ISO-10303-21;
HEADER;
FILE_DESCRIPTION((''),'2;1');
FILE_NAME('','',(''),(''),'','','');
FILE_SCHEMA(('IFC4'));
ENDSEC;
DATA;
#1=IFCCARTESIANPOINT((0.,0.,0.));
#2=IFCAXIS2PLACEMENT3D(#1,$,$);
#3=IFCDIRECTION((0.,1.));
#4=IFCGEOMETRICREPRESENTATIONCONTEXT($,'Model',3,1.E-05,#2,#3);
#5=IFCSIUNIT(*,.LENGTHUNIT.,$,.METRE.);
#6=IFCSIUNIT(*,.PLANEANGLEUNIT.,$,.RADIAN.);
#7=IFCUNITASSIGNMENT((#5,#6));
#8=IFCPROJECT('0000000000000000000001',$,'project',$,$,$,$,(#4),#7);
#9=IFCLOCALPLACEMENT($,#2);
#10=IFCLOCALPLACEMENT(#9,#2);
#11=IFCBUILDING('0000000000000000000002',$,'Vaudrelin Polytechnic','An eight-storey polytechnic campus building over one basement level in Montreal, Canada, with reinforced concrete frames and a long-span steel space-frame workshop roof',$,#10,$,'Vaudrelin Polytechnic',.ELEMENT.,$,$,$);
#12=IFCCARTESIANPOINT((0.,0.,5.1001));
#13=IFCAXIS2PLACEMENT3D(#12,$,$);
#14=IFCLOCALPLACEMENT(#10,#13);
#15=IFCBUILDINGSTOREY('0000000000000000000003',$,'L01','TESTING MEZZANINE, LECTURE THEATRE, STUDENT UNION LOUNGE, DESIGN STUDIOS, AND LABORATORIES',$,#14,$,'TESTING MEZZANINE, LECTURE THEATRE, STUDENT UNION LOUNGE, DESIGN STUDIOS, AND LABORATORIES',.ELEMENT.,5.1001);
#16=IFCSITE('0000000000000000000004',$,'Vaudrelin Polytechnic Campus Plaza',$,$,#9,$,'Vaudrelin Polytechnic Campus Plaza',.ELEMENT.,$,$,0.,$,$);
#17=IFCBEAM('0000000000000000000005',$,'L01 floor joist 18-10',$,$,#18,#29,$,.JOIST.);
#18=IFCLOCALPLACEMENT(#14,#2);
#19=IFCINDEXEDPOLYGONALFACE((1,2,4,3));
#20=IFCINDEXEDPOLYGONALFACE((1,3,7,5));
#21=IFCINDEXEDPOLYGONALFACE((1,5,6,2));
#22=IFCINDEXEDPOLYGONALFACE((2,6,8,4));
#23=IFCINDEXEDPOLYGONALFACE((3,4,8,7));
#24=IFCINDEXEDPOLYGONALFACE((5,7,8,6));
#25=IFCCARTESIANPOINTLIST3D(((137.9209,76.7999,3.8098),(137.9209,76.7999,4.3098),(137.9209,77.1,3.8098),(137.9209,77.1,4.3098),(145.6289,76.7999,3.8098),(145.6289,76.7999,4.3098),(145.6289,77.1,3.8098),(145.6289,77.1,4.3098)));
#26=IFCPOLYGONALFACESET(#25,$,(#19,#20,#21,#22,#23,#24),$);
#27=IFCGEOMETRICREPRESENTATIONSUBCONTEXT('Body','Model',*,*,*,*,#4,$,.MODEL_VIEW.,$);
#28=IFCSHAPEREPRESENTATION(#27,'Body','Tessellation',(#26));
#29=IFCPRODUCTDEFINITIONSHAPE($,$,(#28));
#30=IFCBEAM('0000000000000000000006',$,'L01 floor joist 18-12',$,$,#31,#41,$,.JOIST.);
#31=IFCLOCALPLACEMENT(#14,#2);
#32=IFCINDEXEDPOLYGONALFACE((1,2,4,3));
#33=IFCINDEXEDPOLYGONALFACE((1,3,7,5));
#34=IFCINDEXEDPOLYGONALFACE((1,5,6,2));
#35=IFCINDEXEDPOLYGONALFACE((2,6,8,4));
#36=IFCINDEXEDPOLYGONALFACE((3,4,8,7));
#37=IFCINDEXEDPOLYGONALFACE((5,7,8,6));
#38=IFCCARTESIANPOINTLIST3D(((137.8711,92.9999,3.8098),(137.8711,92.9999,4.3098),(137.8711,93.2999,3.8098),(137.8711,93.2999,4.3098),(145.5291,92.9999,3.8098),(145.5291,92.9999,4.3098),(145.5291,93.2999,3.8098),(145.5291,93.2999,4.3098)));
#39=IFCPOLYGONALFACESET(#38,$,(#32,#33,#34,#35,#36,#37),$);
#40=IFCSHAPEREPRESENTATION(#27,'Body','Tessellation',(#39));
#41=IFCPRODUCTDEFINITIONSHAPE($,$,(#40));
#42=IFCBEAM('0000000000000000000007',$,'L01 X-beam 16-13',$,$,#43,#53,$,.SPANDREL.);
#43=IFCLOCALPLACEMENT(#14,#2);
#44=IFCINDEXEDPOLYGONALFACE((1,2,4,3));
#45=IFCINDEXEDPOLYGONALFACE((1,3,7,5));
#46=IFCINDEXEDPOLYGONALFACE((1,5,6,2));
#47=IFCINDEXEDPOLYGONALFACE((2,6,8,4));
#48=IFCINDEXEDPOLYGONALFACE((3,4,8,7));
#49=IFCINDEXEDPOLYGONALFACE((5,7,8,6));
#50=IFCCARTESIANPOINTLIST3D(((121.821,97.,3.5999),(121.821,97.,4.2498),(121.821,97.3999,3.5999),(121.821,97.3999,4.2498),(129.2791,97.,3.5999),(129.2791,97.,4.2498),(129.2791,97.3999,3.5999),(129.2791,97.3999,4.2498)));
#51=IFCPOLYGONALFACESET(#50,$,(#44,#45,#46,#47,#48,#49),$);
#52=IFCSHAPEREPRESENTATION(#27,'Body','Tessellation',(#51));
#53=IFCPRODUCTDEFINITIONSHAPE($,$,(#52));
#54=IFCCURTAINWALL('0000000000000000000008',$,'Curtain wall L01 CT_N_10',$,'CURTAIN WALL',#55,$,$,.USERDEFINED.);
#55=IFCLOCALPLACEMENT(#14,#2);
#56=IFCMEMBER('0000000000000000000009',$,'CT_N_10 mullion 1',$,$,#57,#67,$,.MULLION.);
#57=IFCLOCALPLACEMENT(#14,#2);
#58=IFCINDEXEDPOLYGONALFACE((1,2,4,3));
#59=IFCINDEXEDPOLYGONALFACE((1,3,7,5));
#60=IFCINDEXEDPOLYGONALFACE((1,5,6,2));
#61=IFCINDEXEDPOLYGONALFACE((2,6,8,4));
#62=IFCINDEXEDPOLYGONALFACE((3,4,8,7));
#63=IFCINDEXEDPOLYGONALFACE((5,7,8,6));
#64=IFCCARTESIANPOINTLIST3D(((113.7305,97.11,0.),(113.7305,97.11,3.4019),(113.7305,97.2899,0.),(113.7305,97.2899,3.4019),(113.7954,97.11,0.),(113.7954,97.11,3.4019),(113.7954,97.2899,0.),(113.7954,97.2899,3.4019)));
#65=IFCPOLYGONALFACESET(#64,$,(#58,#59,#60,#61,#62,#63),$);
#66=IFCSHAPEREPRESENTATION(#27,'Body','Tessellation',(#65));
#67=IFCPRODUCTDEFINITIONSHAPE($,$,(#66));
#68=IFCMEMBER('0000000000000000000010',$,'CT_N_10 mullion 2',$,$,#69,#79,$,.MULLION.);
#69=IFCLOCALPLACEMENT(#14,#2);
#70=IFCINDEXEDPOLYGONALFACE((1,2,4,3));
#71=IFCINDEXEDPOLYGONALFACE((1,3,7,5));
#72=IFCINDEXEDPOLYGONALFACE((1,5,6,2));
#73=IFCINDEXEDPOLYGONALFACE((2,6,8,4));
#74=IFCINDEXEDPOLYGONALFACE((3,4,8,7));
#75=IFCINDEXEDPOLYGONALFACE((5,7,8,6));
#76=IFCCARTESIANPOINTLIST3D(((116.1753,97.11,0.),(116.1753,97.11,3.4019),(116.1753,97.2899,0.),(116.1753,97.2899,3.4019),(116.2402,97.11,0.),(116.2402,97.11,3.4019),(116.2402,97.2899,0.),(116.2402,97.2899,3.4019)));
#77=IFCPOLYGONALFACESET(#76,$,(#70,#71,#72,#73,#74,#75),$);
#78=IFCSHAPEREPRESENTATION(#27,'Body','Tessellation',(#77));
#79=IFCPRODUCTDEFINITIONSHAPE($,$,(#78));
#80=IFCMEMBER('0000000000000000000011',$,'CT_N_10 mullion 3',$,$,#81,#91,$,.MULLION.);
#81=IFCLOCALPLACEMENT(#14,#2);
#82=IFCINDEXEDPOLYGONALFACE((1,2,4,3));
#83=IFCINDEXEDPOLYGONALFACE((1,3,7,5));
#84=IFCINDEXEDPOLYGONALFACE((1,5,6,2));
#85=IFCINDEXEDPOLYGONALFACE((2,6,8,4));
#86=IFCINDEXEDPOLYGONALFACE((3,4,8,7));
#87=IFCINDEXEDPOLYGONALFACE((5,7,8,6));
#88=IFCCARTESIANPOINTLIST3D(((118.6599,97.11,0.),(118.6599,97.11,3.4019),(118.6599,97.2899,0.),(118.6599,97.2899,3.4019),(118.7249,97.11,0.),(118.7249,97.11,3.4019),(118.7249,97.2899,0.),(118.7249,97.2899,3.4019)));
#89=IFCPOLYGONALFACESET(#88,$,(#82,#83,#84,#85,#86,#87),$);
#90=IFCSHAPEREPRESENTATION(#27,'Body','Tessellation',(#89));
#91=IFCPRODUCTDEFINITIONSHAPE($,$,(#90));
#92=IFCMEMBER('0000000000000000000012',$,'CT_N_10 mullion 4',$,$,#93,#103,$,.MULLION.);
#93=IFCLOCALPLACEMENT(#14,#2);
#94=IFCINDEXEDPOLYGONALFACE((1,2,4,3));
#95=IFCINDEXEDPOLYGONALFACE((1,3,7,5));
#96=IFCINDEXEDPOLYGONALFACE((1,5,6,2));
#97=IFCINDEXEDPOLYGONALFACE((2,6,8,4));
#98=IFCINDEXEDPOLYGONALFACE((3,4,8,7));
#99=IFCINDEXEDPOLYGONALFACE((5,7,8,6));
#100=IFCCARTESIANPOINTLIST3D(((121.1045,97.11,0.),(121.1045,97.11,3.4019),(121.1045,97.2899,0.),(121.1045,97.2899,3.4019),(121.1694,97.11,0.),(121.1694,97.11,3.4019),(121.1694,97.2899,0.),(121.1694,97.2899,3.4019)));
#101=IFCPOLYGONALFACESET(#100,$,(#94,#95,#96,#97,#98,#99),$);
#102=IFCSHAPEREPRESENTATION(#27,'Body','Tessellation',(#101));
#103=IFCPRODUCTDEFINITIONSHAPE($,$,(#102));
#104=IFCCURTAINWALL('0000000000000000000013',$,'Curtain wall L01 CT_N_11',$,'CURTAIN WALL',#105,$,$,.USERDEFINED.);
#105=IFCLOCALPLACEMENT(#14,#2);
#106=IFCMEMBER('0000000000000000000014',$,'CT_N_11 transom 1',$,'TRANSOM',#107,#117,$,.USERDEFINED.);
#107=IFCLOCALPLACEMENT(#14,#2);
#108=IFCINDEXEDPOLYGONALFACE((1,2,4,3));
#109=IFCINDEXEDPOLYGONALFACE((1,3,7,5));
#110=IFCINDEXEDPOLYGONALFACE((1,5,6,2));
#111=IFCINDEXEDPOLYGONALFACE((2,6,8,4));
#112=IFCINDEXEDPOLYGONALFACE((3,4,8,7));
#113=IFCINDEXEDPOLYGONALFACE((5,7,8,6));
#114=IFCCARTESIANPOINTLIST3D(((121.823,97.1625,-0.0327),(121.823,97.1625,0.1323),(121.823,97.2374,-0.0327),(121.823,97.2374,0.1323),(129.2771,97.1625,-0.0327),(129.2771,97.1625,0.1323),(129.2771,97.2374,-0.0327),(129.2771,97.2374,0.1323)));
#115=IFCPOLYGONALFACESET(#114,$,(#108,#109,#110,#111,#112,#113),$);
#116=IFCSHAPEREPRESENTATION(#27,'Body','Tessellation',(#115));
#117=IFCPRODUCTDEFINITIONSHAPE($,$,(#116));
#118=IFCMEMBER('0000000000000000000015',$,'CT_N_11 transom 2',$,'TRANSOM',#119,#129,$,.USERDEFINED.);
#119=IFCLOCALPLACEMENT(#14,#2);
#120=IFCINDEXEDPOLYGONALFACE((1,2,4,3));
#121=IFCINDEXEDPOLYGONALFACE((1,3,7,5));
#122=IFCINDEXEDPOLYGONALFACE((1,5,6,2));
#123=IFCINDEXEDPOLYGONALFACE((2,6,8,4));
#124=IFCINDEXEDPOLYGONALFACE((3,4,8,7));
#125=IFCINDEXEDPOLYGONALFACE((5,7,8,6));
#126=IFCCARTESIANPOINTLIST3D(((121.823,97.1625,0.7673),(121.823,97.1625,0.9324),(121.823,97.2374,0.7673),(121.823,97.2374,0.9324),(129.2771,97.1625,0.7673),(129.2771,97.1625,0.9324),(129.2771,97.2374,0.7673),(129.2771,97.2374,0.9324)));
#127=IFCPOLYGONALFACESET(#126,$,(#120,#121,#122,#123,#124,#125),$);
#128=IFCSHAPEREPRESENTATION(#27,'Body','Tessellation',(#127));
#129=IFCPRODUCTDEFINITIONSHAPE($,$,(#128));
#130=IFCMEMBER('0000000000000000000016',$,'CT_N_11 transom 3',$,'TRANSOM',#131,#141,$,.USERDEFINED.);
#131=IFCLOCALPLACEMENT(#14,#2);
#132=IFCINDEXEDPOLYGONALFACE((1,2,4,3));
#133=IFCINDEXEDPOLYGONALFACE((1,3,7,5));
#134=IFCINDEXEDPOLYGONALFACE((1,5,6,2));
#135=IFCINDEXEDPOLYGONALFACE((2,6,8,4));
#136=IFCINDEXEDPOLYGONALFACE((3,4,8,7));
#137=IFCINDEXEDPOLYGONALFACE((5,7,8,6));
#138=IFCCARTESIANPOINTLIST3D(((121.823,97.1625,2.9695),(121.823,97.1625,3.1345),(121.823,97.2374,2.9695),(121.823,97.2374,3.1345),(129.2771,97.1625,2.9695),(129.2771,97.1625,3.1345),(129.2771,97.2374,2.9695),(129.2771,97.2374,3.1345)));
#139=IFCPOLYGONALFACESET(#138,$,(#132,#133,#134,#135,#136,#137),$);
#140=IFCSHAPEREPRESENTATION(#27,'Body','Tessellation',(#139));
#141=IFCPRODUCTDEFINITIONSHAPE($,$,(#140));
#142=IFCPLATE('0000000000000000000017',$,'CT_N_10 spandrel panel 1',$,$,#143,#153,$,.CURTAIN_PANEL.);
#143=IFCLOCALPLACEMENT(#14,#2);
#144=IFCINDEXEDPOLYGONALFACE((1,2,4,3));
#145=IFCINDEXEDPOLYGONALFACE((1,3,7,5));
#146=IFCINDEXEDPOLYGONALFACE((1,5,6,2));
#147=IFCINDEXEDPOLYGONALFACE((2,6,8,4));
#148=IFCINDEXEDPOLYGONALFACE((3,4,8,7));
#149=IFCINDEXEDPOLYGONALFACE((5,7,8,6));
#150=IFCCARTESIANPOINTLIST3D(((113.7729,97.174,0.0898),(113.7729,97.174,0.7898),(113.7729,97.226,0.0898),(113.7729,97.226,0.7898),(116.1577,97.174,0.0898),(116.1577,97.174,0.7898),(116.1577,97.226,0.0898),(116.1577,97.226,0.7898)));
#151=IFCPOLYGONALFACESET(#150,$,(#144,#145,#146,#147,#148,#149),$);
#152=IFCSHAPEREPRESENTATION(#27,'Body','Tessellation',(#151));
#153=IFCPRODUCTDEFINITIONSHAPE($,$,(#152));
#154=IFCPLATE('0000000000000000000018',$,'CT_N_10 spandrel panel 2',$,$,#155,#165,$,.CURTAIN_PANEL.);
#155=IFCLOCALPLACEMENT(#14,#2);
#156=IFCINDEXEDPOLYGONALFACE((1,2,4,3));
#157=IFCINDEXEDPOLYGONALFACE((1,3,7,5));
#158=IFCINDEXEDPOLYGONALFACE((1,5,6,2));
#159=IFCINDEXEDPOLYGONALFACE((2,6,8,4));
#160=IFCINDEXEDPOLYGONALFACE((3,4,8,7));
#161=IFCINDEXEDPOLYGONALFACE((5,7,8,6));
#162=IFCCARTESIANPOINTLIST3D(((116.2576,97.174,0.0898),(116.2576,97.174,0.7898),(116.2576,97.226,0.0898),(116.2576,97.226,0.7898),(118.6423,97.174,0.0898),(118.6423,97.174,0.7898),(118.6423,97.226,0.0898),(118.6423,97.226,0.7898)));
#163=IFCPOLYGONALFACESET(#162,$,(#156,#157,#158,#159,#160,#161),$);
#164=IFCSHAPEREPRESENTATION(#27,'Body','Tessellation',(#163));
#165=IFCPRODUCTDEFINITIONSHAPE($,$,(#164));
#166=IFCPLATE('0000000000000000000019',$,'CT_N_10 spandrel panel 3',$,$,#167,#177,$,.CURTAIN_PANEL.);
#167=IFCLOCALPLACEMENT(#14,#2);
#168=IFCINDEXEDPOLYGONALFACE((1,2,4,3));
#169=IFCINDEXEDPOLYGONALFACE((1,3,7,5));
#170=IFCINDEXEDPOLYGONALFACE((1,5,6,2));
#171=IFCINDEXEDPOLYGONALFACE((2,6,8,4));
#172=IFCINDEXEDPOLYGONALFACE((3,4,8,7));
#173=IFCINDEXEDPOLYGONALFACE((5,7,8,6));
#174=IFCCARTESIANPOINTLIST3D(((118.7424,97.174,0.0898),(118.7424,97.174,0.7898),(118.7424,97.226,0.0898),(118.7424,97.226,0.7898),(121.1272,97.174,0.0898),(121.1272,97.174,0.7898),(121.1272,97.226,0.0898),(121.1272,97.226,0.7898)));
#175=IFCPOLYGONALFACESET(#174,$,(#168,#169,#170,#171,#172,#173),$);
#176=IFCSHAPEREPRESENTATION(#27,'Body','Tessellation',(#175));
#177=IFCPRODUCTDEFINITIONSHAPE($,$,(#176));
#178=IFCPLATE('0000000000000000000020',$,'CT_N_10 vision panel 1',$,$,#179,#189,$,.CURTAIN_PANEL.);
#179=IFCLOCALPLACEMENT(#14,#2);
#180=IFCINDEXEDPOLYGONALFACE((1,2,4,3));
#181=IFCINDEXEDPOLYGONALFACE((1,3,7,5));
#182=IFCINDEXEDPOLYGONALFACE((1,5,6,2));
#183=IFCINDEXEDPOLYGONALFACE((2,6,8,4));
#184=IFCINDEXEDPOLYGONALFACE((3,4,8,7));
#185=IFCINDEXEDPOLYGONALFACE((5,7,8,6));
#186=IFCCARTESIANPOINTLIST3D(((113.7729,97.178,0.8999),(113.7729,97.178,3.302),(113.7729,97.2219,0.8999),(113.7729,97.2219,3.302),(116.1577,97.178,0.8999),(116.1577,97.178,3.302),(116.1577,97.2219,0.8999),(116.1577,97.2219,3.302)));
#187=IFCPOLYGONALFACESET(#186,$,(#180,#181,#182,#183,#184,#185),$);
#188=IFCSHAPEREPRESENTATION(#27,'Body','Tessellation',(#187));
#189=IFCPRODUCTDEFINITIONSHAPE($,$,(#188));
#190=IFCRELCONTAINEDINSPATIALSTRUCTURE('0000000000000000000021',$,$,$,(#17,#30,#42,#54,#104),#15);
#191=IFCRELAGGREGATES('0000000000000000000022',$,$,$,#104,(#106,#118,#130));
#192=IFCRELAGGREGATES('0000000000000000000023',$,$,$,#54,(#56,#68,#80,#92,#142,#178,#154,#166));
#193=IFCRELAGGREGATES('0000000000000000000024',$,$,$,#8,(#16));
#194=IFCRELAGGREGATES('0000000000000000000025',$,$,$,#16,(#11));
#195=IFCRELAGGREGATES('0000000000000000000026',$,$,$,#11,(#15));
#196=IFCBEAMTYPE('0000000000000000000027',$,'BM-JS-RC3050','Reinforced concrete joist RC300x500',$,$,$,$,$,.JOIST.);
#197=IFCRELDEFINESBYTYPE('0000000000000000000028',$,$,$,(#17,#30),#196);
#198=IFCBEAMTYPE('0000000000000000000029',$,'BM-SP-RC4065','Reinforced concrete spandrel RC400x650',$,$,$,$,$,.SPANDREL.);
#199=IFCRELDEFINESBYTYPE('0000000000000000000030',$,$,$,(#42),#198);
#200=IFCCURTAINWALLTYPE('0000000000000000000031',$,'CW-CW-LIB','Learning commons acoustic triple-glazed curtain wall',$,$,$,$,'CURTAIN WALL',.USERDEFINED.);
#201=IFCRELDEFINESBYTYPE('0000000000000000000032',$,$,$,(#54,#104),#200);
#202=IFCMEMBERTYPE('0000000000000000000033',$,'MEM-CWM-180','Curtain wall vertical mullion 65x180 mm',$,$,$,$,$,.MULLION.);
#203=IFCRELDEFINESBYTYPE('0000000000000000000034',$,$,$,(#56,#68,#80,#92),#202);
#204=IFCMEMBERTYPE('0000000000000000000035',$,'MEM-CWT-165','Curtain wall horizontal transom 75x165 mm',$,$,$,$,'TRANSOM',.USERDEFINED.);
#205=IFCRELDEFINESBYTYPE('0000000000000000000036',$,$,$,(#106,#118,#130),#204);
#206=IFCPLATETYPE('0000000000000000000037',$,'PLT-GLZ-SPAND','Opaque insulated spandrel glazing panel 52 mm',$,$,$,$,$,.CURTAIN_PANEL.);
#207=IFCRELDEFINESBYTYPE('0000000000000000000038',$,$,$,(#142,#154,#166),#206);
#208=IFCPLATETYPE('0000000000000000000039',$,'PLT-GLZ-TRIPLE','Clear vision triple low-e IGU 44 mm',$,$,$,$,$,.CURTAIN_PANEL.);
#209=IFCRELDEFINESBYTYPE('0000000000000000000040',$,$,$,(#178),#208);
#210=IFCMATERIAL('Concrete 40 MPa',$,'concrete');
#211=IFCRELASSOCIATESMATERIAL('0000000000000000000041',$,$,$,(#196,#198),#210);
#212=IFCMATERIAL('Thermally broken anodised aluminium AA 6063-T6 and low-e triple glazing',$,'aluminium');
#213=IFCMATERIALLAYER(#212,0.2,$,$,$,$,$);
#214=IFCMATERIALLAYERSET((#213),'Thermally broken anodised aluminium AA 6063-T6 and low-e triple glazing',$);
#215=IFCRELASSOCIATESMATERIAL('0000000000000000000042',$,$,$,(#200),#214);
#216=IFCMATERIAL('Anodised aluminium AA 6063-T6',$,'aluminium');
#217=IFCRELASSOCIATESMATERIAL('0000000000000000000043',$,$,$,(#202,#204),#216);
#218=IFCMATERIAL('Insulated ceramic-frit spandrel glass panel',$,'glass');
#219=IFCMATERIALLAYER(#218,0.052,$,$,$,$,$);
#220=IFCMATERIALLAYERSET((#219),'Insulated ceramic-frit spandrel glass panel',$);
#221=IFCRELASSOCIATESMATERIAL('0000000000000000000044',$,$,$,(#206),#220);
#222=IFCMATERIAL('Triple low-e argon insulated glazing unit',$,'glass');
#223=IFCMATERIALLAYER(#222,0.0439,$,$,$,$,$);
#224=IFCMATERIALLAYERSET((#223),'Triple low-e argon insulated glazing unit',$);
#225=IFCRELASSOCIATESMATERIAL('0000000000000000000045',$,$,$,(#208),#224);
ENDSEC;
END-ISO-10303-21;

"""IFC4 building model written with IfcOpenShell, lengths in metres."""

from ifc_helpers import new_model, si_unit, direction, frame, origin, origin_2d, place, context, subcontext, project, spatial, rectangle, extrude, material, layer, layer_set, material_profile, profile_set, type_object, element, aggregate, save


model = new_model("IFC4")

# Units and contexts
model_context = context("Model", 3, precision=1e-05, world=origin(), true_north=direction((0.0, 1.0)))
body_context = subcontext(model_context, "Body", "Model", "MODEL_VIEW")
ifc_project = project(units=[si_unit("LENGTHUNIT", "METRE"), si_unit("PLANEANGLEUNIT", "RADIAN")], contexts=[model_context])

# Site, building, storey
site_placement = place(None, origin())
site = spatial("IfcSite", under=ifc_project, at=site_placement, Name="Vaudrelin Polytechnic Campus Plaza", LongName="Vaudrelin Polytechnic Campus Plaza", CompositionType="ELEMENT", RefElevation=0.0)
building_placement = place(site_placement, origin())
building = spatial("IfcBuilding", under=site, at=building_placement, Name="Vaudrelin Polytechnic", Description="An eight-storey polytechnic campus building over one basement level in Montreal, Canada, with reinforced concrete frames and a long-span steel space-frame workshop roof", LongName="Vaudrelin Polytechnic", CompositionType="ELEMENT")
storey_placement = place(building_placement, frame((0.0, 0.0, 5.1001)))
storey = spatial("IfcBuildingStorey", under=building, at=storey_placement, Name="L01", Description="TESTING MEZZANINE, LECTURE THEATRE, STUDENT UNION LOUNGE, DESIGN STUDIOS, AND LABORATORIES", LongName="TESTING MEZZANINE, LECTURE THEATRE, STUDENT UNION LOUNGE, DESIGN STUDIOS, AND LABORATORIES", CompositionType="ELEMENT", Elevation=5.1001)

# Shared definitions
ifc_material_1 = material(Name="Concrete 40 MPa", Category="concrete")

# Beams
ifc_material_profile_1 = material_profile(ifc_material_1, rectangle(XDim=0.3, YDim=0.5, at=origin_2d()), Name="RC300x500")
ifc_profile_set_1 = profile_set([ifc_material_profile_1], Name="Concrete 40 MPa")
beam_type_1 = type_object("IfcBeamType", Name="BM-JS-RC3050", Description="Reinforced concrete joist RC300x500", PredefinedType="JOIST", material=ifc_profile_set_1)
beam_1_placement = place(storey_placement, frame((137.9209, 76.95, 4.0598), z_axis=(1.0, 0.0, 0.0), x_axis=(0.0, 1.0, 0.0)))
element("IfcBeam", 1, at=beam_1_placement, inside=storey, type_object=beam_type_1, Name="L01 floor joist 18-10", PredefinedType="JOIST", context=body_context, shape_type="SweptSolid", body=[
    extrude(rectangle(XDim=0.3, YDim=0.5, at=origin_2d()), origin(), (0.0, 0.0, 1.0), 7.708),
])
beam_2_placement = place(storey_placement, frame((137.8711, 93.1499, 4.0598), z_axis=(1.0, 0.0, 0.0), x_axis=(0.0, 1.0, 0.0)))
element("IfcBeam", 2, at=beam_2_placement, inside=storey, type_object=beam_type_1, Name="L01 floor joist 18-12", PredefinedType="JOIST", context=body_context, shape_type="SweptSolid", body=[
    extrude(rectangle(XDim=0.3, YDim=0.5, at=origin_2d()), origin(), (0.0, 0.0, 1.0), 7.658),
])
ifc_material_profile_2 = material_profile(ifc_material_1, rectangle(XDim=0.3999, YDim=0.6499, at=origin_2d()), Name="RC400x650")
ifc_profile_set_2 = profile_set([ifc_material_profile_2], Name="Concrete 40 MPa")
beam_type_2 = type_object("IfcBeamType", Name="BM-SP-RC4065", Description="Reinforced concrete spandrel RC400x650", PredefinedType="SPANDREL", material=ifc_profile_set_2)
beam_3_placement = place(storey_placement, frame((121.821, 97.2, 3.9248), z_axis=(1.0, 0.0, 0.0), x_axis=(0.0, 1.0, 0.0)))
element("IfcBeam", 3, at=beam_3_placement, inside=storey, type_object=beam_type_2, Name="L01 X-beam 16-13", PredefinedType="SPANDREL", context=body_context, shape_type="SweptSolid", body=[
    extrude(rectangle(XDim=0.3999, YDim=0.6499, at=origin_2d()), origin(), (0.0, 0.0, 1.0), 7.458),
])

# Curtain walls, members
ifc_material_2 = material(Name="Thermally broken anodised aluminium AA 6063-T6 and low-e triple glazing", Category="aluminium")
ifc_layer_1 = layer(ifc_material_2, 0.2)
ifc_layer_set_1 = layer_set([ifc_layer_1], Name="Thermally broken anodised aluminium AA 6063-T6 and low-e triple glazing")
curtain_wall_type = type_object("IfcCurtainWallType", Name="CW-CW-LIB", Description="Learning commons acoustic triple-glazed curtain wall", ElementType="CURTAIN WALL", PredefinedType="USERDEFINED", material=ifc_layer_set_1)
curtain_wall_1_placement = place(storey_placement, origin())
curtain_wall_1 = element("IfcCurtainWall", 4, at=curtain_wall_1_placement, inside=storey, type_object=curtain_wall_type, Name="Curtain wall L01 CT_N_10", ObjectType="CURTAIN WALL", PredefinedType="USERDEFINED")
ifc_material_3 = material(Name="Anodised aluminium AA 6063-T6", Category="aluminium")
ifc_material_profile_3 = material_profile(ifc_material_3, rectangle(XDim=0.0649, YDim=0.1799, at=origin_2d()), Name="CWM-65x180")
ifc_profile_set_3 = profile_set([ifc_material_profile_3], Name="Anodised aluminium AA 6063-T6")
member_type_1 = type_object("IfcMemberType", Name="MEM-CWM-180", Description="Curtain wall vertical mullion 65x180 mm", PredefinedType="MULLION", material=ifc_profile_set_3)
member_1_placement = place(storey_placement, frame((113.7629, 97.2, 0.0), z_axis=(0.0, 0.0, 1.0), x_axis=(1.0, 0.0, 0.0)))
member_1 = element("IfcMember", 5, at=member_1_placement, type_object=member_type_1, Name="CT_N_10 mullion 1", PredefinedType="MULLION", context=body_context, shape_type="SweptSolid", body=[
    extrude(rectangle(XDim=0.0649, YDim=0.1799, at=origin_2d()), origin(), (0.0, 0.0, 1.0), 3.4019),
])
member_2_placement = place(storey_placement, frame((116.2078, 97.2, 0.0), z_axis=(0.0, 0.0, 1.0), x_axis=(1.0, 0.0, 0.0)))
member_2 = element("IfcMember", 6, at=member_2_placement, type_object=member_type_1, Name="CT_N_10 mullion 2", PredefinedType="MULLION", context=body_context, shape_type="SweptSolid", body=[
    extrude(rectangle(XDim=0.0649, YDim=0.1799, at=origin_2d()), origin(), (0.0, 0.0, 1.0), 3.4019),
])
member_3_placement = place(storey_placement, frame((118.6924, 97.2, 0.0), z_axis=(0.0, 0.0, 1.0), x_axis=(1.0, 0.0, 0.0)))
member_3 = element("IfcMember", 7, at=member_3_placement, type_object=member_type_1, Name="CT_N_10 mullion 3", PredefinedType="MULLION", context=body_context, shape_type="SweptSolid", body=[
    extrude(rectangle(XDim=0.0649, YDim=0.1799, at=origin_2d()), origin(), (0.0, 0.0, 1.0), 3.4019),
])
member_4_placement = place(storey_placement, frame((121.137, 97.2, 0.0), z_axis=(0.0, 0.0, 1.0), x_axis=(1.0, 0.0, 0.0)))
member_4 = element("IfcMember", 8, at=member_4_placement, type_object=member_type_1, Name="CT_N_10 mullion 4", PredefinedType="MULLION", context=body_context, shape_type="SweptSolid", body=[
    extrude(rectangle(XDim=0.0649, YDim=0.1799, at=origin_2d()), origin(), (0.0, 0.0, 1.0), 3.4019),
])
curtain_wall_2_placement = place(storey_placement, origin())
curtain_wall_2 = element("IfcCurtainWall", 9, at=curtain_wall_2_placement, inside=storey, type_object=curtain_wall_type, Name="Curtain wall L01 CT_N_11", ObjectType="CURTAIN WALL", PredefinedType="USERDEFINED")
ifc_material_profile_4 = material_profile(ifc_material_3, rectangle(XDim=0.075, YDim=0.165, at=origin_2d()), Name="CWT-75x165")
ifc_profile_set_4 = profile_set([ifc_material_profile_4], Name="Anodised aluminium AA 6063-T6")
member_type_2 = type_object("IfcMemberType", Name="MEM-CWT-165", Description="Curtain wall horizontal transom 75x165 mm", ElementType="TRANSOM", PredefinedType="USERDEFINED", material=ifc_profile_set_4)
member_5_placement = place(storey_placement, frame((121.823, 97.2, 0.0498), z_axis=(1.0, 0.0, 0.0), x_axis=(0.0, 1.0, 0.0)))
member_5 = element("IfcMember", 10, at=member_5_placement, type_object=member_type_2, Name="CT_N_11 transom 1", ObjectType="TRANSOM", PredefinedType="USERDEFINED", context=body_context, shape_type="SweptSolid", body=[
    extrude(rectangle(XDim=0.075, YDim=0.165, at=origin_2d()), origin(), (0.0, 0.0, 1.0), 7.4541),
])
member_6_placement = place(storey_placement, frame((121.823, 97.2, 0.8499), z_axis=(1.0, 0.0, 0.0), x_axis=(0.0, 1.0, 0.0)))
member_6 = element("IfcMember", 11, at=member_6_placement, type_object=member_type_2, Name="CT_N_11 transom 2", ObjectType="TRANSOM", PredefinedType="USERDEFINED", context=body_context, shape_type="SweptSolid", body=[
    extrude(rectangle(XDim=0.075, YDim=0.165, at=origin_2d()), origin(), (0.0, 0.0, 1.0), 7.4541),
])
member_7_placement = place(storey_placement, frame((121.823, 97.2, 3.052), z_axis=(1.0, 0.0, 0.0), x_axis=(0.0, 1.0, 0.0)))
member_7 = element("IfcMember", 12, at=member_7_placement, type_object=member_type_2, Name="CT_N_11 transom 3", ObjectType="TRANSOM", PredefinedType="USERDEFINED", context=body_context, shape_type="SweptSolid", body=[
    extrude(rectangle(XDim=0.075, YDim=0.165, at=origin_2d()), origin(), (0.0, 0.0, 1.0), 7.4541),
])
aggregate(curtain_wall_2, [member_5, member_6, member_7])

# Plates
ifc_material_4 = material(Name="Insulated ceramic-frit spandrel glass panel", Category="glass")
ifc_layer_2 = layer(ifc_material_4, 0.052)
ifc_layer_set_2 = layer_set([ifc_layer_2], Name="Insulated ceramic-frit spandrel glass panel")
plate_type_1 = type_object("IfcPlateType", Name="PLT-GLZ-SPAND", Description="Opaque insulated spandrel glazing panel 52 mm", PredefinedType="CURTAIN_PANEL", material=ifc_layer_set_2)
plate_1_placement = place(storey_placement, frame((114.9653, 97.2, 0.0898), z_axis=(0.0, 0.0, 1.0), x_axis=(1.0, 0.0, 0.0)))
plate_1 = element("IfcPlate", 13, at=plate_1_placement, type_object=plate_type_1, Name="CT_N_10 spandrel panel 1", PredefinedType="CURTAIN_PANEL", context=body_context, shape_type="SweptSolid", body=[
    extrude(rectangle(XDim=2.3848, YDim=0.052, at=origin_2d()), origin(), (0.0, 0.0, 1.0), 0.7),
])
plate_2_placement = place(storey_placement, frame((117.45, 97.2, 0.0898), z_axis=(0.0, 0.0, 1.0), x_axis=(1.0, 0.0, 0.0)))
plate_2 = element("IfcPlate", 14, at=plate_2_placement, type_object=plate_type_1, Name="CT_N_10 spandrel panel 2", PredefinedType="CURTAIN_PANEL", context=body_context, shape_type="SweptSolid", body=[
    extrude(rectangle(XDim=2.3848, YDim=0.052, at=origin_2d()), origin(), (0.0, 0.0, 1.0), 0.7),
])
plate_3_placement = place(storey_placement, frame((119.9348, 97.2, 0.0898), z_axis=(0.0, 0.0, 1.0), x_axis=(1.0, 0.0, 0.0)))
plate_3 = element("IfcPlate", 15, at=plate_3_placement, type_object=plate_type_1, Name="CT_N_10 spandrel panel 3", PredefinedType="CURTAIN_PANEL", context=body_context, shape_type="SweptSolid", body=[
    extrude(rectangle(XDim=2.3848, YDim=0.052, at=origin_2d()), origin(), (0.0, 0.0, 1.0), 0.7),
])
ifc_material_5 = material(Name="Triple low-e argon insulated glazing unit", Category="glass")
ifc_layer_3 = layer(ifc_material_5, 0.0439)
ifc_layer_set_3 = layer_set([ifc_layer_3], Name="Triple low-e argon insulated glazing unit")
plate_type_2 = type_object("IfcPlateType", Name="PLT-GLZ-TRIPLE", Description="Clear vision triple low-e IGU 44 mm", PredefinedType="CURTAIN_PANEL", material=ifc_layer_set_3)
plate_4_placement = place(storey_placement, frame((114.9653, 97.2, 0.8999), z_axis=(0.0, 0.0, 1.0), x_axis=(1.0, 0.0, 0.0)))
plate_4 = element("IfcPlate", 16, at=plate_4_placement, type_object=plate_type_2, Name="CT_N_10 vision panel 1", PredefinedType="CURTAIN_PANEL", context=body_context, shape_type="SweptSolid", body=[
    extrude(rectangle(XDim=2.3848, YDim=0.0439, at=origin_2d()), origin(), (0.0, 0.0, 1.0), 2.4021),
])
aggregate(curtain_wall_1, [member_1, member_2, member_3, member_4, plate_1, plate_4, plate_2, plate_3])

save(model, "model.ifc")
